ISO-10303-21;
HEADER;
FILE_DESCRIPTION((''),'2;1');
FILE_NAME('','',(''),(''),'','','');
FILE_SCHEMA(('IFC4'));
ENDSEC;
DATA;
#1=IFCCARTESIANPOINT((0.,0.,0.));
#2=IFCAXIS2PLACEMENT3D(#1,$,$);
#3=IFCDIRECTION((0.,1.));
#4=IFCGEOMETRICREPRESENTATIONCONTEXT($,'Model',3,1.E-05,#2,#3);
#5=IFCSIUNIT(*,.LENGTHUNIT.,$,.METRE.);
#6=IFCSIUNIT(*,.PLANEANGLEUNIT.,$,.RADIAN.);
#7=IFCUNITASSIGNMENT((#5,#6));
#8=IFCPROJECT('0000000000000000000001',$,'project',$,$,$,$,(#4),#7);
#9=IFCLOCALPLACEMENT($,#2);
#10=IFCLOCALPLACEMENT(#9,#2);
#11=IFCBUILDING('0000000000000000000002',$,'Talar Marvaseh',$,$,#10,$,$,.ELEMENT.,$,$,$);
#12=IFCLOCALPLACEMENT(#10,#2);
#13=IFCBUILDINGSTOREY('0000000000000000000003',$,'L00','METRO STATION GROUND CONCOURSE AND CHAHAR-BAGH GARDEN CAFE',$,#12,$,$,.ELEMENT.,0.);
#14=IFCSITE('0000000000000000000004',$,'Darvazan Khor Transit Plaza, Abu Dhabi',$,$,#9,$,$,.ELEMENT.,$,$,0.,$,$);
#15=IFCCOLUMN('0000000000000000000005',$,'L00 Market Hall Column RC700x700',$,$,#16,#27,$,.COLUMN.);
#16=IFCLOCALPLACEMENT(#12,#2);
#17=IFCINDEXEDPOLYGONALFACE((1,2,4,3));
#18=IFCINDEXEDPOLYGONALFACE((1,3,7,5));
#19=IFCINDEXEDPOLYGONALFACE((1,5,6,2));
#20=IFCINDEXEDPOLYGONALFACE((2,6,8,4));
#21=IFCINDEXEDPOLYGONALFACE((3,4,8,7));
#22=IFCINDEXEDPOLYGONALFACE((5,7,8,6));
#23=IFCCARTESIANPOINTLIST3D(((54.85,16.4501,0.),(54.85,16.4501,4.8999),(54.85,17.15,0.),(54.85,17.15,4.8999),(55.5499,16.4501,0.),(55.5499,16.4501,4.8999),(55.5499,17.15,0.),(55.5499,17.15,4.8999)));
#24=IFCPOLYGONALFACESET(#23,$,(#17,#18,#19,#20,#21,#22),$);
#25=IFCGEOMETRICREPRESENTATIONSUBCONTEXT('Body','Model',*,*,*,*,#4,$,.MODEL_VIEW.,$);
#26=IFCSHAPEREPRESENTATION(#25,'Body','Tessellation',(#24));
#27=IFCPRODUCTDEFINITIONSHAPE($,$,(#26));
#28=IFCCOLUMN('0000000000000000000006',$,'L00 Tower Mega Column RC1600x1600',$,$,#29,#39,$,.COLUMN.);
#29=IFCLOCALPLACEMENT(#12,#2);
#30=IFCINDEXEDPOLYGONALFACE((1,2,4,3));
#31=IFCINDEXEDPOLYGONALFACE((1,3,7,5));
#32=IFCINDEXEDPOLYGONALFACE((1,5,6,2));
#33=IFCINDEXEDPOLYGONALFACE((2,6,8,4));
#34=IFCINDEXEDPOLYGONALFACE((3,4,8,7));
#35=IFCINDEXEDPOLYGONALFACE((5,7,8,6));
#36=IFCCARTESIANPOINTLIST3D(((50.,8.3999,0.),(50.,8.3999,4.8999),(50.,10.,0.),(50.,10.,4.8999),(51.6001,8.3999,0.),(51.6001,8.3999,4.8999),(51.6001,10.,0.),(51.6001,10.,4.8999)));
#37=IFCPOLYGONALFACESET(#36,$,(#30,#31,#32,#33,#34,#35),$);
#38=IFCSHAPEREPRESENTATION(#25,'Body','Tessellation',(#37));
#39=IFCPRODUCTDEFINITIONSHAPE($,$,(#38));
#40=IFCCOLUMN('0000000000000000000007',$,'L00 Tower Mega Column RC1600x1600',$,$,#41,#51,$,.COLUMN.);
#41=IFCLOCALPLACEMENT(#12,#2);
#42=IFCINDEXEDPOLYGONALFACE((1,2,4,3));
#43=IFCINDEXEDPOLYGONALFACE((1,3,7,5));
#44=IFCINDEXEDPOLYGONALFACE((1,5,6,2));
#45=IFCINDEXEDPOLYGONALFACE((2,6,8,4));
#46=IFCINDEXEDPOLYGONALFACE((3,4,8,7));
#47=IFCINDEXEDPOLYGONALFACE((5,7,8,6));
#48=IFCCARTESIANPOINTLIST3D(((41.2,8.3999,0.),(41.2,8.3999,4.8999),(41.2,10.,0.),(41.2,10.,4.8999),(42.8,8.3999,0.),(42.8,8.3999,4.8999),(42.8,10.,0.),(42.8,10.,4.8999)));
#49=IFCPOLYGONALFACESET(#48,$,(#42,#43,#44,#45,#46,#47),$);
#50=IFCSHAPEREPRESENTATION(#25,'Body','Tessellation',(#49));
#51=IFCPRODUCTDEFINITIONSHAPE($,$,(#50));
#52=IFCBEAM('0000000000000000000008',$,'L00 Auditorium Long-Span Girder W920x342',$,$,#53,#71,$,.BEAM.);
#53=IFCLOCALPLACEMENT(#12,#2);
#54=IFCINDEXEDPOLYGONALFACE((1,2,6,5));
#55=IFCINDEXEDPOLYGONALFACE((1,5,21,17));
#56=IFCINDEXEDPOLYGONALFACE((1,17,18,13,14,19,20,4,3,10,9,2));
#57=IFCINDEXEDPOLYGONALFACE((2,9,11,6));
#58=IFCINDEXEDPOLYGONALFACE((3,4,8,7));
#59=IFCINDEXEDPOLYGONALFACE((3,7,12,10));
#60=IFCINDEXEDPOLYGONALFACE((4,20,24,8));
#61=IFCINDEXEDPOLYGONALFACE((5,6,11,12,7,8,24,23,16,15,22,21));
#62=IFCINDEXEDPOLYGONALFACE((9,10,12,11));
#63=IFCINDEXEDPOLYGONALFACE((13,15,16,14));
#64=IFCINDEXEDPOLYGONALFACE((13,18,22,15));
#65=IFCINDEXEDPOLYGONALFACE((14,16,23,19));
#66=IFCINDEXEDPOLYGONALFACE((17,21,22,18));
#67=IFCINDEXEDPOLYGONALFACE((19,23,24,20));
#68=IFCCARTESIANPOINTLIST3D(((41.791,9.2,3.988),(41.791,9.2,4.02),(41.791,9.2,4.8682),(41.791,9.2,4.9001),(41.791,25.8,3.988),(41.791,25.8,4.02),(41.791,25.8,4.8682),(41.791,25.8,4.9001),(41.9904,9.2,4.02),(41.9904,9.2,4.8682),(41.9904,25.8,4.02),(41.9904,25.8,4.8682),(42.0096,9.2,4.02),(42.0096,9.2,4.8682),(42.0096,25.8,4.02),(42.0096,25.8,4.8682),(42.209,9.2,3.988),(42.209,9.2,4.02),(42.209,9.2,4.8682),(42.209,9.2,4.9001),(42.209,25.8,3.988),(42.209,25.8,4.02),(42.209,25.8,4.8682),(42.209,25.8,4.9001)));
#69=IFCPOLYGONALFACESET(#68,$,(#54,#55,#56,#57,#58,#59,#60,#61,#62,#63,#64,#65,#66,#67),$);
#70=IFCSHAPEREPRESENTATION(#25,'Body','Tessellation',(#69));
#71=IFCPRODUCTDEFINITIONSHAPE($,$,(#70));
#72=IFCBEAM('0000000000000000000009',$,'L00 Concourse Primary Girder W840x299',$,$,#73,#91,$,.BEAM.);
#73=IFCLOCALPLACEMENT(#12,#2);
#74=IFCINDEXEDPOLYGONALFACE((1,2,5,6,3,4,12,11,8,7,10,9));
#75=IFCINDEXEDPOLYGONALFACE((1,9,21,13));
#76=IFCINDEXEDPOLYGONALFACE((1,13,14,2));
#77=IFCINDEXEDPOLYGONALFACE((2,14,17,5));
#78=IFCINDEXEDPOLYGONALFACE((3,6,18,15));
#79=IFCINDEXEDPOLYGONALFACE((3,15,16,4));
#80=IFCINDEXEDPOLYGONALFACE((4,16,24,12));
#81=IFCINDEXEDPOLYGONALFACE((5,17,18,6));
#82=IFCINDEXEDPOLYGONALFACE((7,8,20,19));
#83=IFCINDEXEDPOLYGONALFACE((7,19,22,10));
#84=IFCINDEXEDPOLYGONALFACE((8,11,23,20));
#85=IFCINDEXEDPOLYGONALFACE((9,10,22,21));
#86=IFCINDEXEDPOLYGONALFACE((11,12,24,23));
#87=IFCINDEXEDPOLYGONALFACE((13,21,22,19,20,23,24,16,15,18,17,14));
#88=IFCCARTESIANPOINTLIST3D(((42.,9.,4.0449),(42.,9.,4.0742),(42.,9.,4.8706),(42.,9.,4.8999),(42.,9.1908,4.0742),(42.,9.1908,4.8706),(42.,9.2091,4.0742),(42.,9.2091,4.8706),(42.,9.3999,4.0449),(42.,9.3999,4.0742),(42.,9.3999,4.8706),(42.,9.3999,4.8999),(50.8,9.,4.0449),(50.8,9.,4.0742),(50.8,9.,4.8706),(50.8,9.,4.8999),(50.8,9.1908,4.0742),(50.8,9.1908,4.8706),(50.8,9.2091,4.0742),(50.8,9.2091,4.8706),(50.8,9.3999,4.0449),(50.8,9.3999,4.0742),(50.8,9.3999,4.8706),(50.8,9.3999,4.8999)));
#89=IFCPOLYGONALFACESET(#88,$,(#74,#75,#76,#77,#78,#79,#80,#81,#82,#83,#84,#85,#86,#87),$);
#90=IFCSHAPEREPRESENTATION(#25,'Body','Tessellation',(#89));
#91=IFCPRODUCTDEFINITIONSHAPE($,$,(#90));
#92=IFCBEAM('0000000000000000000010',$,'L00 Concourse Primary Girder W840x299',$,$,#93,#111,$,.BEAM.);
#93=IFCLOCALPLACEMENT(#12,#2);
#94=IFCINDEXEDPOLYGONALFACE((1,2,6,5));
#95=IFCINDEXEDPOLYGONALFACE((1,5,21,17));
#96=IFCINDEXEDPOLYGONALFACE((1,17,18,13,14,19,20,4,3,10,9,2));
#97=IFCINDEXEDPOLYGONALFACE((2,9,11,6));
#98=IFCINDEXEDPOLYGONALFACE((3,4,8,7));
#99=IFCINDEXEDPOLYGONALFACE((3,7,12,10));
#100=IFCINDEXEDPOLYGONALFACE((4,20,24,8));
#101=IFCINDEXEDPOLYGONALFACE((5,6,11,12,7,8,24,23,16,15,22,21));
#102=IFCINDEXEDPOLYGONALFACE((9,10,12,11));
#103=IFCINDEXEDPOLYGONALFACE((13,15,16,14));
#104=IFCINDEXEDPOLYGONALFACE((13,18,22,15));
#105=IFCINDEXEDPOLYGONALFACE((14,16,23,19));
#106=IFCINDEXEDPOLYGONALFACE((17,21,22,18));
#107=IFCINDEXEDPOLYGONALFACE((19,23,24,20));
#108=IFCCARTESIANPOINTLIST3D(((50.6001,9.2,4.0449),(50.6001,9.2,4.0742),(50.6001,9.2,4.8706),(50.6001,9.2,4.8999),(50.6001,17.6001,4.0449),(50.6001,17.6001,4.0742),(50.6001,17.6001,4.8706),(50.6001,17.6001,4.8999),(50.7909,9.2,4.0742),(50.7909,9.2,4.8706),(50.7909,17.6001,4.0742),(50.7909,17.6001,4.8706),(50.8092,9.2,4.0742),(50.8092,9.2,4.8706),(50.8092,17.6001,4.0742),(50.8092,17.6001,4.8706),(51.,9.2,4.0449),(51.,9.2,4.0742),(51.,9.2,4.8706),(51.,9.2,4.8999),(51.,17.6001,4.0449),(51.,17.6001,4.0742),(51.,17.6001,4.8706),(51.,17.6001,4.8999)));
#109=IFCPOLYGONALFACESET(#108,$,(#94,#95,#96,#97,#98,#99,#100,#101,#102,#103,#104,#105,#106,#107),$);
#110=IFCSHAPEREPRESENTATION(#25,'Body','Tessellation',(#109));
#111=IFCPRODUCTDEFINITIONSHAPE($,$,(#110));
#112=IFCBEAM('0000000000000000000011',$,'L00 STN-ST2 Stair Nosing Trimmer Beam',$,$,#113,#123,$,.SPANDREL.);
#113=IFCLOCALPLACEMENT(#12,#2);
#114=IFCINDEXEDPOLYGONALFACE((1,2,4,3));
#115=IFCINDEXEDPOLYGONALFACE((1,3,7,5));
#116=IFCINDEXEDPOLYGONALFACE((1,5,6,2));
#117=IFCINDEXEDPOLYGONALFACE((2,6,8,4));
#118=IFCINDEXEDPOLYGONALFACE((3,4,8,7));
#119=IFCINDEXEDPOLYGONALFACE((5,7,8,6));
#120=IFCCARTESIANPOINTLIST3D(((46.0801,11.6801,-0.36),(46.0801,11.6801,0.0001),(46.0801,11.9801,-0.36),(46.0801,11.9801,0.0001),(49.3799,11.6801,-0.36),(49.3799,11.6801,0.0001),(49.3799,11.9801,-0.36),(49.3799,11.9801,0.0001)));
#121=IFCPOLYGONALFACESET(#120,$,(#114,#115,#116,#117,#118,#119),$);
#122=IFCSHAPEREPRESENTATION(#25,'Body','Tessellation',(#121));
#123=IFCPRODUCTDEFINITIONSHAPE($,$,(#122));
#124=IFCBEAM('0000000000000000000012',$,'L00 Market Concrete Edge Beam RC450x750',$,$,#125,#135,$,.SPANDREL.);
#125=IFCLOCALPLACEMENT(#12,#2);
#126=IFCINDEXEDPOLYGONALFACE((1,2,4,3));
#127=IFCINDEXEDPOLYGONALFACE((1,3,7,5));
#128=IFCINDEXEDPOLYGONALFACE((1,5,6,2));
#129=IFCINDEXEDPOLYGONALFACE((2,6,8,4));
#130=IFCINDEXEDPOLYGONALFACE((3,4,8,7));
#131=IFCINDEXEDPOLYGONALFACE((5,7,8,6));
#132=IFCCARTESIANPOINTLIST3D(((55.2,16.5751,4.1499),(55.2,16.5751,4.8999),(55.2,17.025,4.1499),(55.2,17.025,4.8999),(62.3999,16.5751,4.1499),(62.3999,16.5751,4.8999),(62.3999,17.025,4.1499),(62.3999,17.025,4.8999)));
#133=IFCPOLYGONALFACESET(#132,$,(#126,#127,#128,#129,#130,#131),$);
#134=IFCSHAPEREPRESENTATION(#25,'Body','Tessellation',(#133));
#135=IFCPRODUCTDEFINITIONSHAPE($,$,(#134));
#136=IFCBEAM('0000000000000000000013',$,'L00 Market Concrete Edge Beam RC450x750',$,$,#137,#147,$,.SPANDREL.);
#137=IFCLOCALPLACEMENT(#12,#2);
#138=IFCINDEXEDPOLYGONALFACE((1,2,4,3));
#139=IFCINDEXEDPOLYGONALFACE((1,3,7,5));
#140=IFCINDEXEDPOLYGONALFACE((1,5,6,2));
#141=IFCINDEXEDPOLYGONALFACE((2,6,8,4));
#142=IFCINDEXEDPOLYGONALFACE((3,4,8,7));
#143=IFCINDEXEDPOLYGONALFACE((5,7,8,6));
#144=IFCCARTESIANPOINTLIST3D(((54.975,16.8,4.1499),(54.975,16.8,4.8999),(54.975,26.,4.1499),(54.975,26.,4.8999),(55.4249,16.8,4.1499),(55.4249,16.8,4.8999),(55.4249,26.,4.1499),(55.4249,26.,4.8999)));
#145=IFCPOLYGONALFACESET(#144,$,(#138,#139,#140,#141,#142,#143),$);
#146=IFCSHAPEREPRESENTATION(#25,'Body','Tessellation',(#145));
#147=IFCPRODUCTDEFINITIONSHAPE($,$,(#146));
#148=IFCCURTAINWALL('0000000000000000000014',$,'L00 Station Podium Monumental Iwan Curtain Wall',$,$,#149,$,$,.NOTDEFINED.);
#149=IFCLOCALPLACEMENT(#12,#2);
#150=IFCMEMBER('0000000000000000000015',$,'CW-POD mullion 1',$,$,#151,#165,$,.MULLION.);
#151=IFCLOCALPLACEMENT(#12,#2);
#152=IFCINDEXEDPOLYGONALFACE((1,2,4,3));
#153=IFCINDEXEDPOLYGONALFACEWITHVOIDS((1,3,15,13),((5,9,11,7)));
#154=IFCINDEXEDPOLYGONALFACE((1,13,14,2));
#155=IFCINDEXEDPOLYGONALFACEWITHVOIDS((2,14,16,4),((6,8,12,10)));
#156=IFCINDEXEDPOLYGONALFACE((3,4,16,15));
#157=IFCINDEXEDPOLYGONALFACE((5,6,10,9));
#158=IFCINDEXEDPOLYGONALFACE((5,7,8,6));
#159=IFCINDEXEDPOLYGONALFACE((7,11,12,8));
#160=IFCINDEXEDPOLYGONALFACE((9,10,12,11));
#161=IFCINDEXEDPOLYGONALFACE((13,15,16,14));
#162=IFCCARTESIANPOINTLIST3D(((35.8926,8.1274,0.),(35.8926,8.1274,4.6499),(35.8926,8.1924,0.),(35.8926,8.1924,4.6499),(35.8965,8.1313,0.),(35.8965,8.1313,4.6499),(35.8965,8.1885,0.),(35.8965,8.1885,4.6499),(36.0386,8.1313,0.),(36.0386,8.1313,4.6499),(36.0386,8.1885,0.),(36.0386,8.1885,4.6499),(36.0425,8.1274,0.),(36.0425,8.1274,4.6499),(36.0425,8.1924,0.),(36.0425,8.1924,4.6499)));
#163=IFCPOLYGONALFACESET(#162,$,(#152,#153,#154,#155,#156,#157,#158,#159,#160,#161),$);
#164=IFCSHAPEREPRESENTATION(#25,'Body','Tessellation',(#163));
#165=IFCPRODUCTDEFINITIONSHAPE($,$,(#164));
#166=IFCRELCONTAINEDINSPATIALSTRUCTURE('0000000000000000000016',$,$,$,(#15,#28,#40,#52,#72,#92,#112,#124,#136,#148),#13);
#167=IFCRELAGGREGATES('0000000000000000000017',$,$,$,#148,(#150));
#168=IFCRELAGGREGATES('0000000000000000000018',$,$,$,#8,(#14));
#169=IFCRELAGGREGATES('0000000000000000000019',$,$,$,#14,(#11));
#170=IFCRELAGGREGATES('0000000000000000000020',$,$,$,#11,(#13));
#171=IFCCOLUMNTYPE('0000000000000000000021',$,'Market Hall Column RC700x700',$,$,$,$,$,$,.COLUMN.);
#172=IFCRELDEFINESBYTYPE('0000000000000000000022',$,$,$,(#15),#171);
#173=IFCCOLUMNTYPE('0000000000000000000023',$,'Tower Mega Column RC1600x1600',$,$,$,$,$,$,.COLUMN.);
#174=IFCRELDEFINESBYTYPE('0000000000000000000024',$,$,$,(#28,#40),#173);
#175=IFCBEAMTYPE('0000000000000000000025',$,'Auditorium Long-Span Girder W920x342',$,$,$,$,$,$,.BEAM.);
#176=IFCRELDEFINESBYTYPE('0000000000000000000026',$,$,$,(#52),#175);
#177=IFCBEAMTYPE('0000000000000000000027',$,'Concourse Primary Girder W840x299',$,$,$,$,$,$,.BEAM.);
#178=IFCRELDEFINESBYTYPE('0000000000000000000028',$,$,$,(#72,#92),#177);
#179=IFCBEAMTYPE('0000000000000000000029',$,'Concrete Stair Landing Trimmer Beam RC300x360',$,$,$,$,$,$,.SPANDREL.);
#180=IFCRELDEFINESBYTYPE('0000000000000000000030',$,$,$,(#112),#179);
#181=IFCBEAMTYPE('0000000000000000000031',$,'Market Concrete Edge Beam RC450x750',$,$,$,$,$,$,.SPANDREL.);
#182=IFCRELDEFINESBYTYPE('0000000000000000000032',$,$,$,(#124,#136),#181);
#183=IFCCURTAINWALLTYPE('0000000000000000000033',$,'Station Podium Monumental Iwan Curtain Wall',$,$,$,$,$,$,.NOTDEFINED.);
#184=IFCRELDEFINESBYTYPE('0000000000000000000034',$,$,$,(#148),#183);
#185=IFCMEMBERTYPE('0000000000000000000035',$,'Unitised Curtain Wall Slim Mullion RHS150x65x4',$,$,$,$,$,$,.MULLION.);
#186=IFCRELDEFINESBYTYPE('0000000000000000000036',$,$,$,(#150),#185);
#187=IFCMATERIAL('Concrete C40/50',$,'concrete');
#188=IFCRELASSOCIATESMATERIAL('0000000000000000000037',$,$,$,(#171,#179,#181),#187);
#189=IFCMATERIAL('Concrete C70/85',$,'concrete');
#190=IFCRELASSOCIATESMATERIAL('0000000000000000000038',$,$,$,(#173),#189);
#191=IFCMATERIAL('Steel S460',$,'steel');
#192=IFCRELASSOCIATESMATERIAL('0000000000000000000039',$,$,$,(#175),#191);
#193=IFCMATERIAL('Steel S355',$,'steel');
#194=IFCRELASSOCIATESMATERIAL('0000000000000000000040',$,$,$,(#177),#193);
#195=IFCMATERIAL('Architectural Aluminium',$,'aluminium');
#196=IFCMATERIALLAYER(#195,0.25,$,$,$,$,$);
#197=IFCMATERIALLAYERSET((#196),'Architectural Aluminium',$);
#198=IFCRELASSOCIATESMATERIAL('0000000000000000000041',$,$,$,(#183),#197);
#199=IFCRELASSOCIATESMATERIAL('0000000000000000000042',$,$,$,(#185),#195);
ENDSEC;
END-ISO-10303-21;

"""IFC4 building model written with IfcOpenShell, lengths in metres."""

from ifc_helpers import new_model, si_unit, direction, frame, origin, origin_2d, place, context, subcontext, project, spatial, rectangle, hollow_rectangle, i_section, extrude, source, transform, mapped, material, layer, layer_set, material_profile, profile_set, type_object, type_shapes, element, aggregate, save


model = new_model("IFC4")

# Units and contexts
model_context = context("Model", 3, precision=1e-05, world=origin(), true_north=direction((0.0, 1.0)))
body_context = subcontext(model_context, "Body", "Model", "MODEL_VIEW")
ifc_project = project(units=[si_unit("LENGTHUNIT", "METRE"), si_unit("PLANEANGLEUNIT", "RADIAN")], contexts=[model_context])

# Site, building, storey
site_placement = place(None, origin())
site = spatial("IfcSite", under=ifc_project, at=site_placement, Name="Darvazan Khor Transit Plaza, Abu Dhabi", CompositionType="ELEMENT", RefElevation=0.0)
building_placement = place(site_placement, origin())
building = spatial("IfcBuilding", under=site, at=building_placement, Name="Talar Marvaseh", CompositionType="ELEMENT")
storey_placement = place(building_placement, origin())
storey = spatial("IfcBuildingStorey", under=building, at=storey_placement, Name="L00", Description="METRO STATION GROUND CONCOURSE AND CHAHAR-BAGH GARDEN CAFE", CompositionType="ELEMENT", Elevation=0.0)

# Columns
ifc_material_1 = material(Name="Concrete C40/50", Category="concrete")
ifc_material_profile_1 = material_profile(ifc_material_1, rectangle(XDim=0.7, YDim=0.7, at=origin_2d()), Name="RC700x700")
ifc_profile_set_1 = profile_set([ifc_material_profile_1], Name="Concrete C40/50")
column_type_1 = type_object("IfcColumnType", Name="Market Hall Column RC700x700", PredefinedType="COLUMN", material=ifc_profile_set_1)
column_placement = place(storey_placement, frame((55.2, 16.8, 0.0), z_axis=(0.0, 0.0, 1.0), x_axis=(1.0, 0.0, 0.0)))
element("IfcColumn", 1, at=column_placement, inside=storey, type_object=column_type_1, Name="L00 Market Hall Column RC700x700", PredefinedType="COLUMN", context=body_context, shape_type="SweptSolid", body=[
    extrude(rectangle(XDim=0.7, YDim=0.7, at=origin_2d()), origin(), (0.0, 0.0, 1.0), 4.8999),
])
ifc_material_2 = material(Name="Concrete C70/85", Category="concrete")
ifc_material_profile_2 = material_profile(ifc_material_2, rectangle(XDim=1.6001, YDim=1.6001, at=origin_2d()), Name="RC1600x1600")
ifc_profile_set_2 = profile_set([ifc_material_profile_2], Name="Concrete C70/85")
column_type_2 = type_object("IfcColumnType", Name="Tower Mega Column RC1600x1600", PredefinedType="COLUMN", material=ifc_profile_set_2)
for number, where, z_axis, x_axis, name in (
    (2, (50.8, 9.2, 0.0), (0.0, 0.0, 1.0), (1.0, 0.0, 0.0), "L00 Tower Mega Column RC1600x1600"),
    (3, (42.0, 9.2, 0.0), (0.0, 0.0, 1.0), (1.0, 0.0, 0.0), "L00 Tower Mega Column RC1600x1600"),
):
    element("IfcColumn", number, at=place(storey_placement, frame(where, z_axis=z_axis, x_axis=x_axis)), inside=storey, type_object=column_type_2, Name=name, PredefinedType="COLUMN", context=body_context, shape_type="SweptSolid", body=[
        extrude(rectangle(XDim=1.6001, YDim=1.6001, at=origin_2d()), origin(), (0.0, 0.0, 1.0), 4.8999),
    ])

# Beams
ifc_material_3 = material(Name="Steel S460", Category="steel")
ifc_material_profile_3 = material_profile(ifc_material_3, i_section(OverallWidth=0.418, OverallDepth=0.9121, WebThickness=0.0193, FlangeThickness=0.032, at=origin_2d()), Name="W920x342")
ifc_profile_set_3 = profile_set([ifc_material_profile_3], Name="Steel S460")
beam_type_1 = type_object("IfcBeamType", Name="Auditorium Long-Span Girder W920x342", PredefinedType="BEAM", material=ifc_profile_set_3)
beam_1_placement = place(storey_placement, frame((42.0, 9.2, 4.4441), z_axis=(0.0, 1.0, 0.0), x_axis=(-1.0, 0.0, 0.0)))
element("IfcBeam", 4, at=beam_1_placement, inside=storey, type_object=beam_type_1, Name="L00 Auditorium Long-Span Girder W920x342", PredefinedType="BEAM", context=body_context, shape_type="SweptSolid", body=[
    extrude(i_section(OverallWidth=0.418, OverallDepth=0.9121, WebThickness=0.0193, FlangeThickness=0.032, at=origin_2d()), origin(), (0.0, 0.0, 1.0), 16.6001),
])
ifc_material_4 = material(Name="Steel S355", Category="steel")
ifc_material_profile_4 = material_profile(ifc_material_4, i_section(OverallWidth=0.3999, OverallDepth=0.855, WebThickness=0.0183, FlangeThickness=0.0293, at=origin_2d()), Name="W840x299")
ifc_profile_set_4 = profile_set([ifc_material_profile_4], Name="Steel S355")
beam_type_2 = type_object("IfcBeamType", Name="Concourse Primary Girder W840x299", PredefinedType="BEAM", material=ifc_profile_set_4)
beam_2_placement = place(storey_placement, frame((42.0, 9.2, 4.4724), z_axis=(1.0, 0.0, 0.0), x_axis=(0.0, 1.0, 0.0)))
element("IfcBeam", 5, at=beam_2_placement, inside=storey, type_object=beam_type_2, Name="L00 Concourse Primary Girder W840x299", PredefinedType="BEAM", context=body_context, shape_type="SweptSolid", body=[
    extrude(i_section(OverallWidth=0.3999, OverallDepth=0.855, WebThickness=0.0183, FlangeThickness=0.0293, at=origin_2d()), origin(), (0.0, 0.0, 1.0), 8.8),
])
beam_3_placement = place(storey_placement, frame((50.8, 9.2, 4.4724), z_axis=(0.0, 1.0, 0.0), x_axis=(-1.0, 0.0, 0.0)))
element("IfcBeam", 6, at=beam_3_placement, inside=storey, type_object=beam_type_2, Name="L00 Concourse Primary Girder W840x299", PredefinedType="BEAM", context=body_context, shape_type="SweptSolid", body=[
    extrude(i_section(OverallWidth=0.3999, OverallDepth=0.855, WebThickness=0.0183, FlangeThickness=0.0293, at=origin_2d()), origin(), (0.0, 0.0, 1.0), 8.4001),
])
ifc_material_profile_5 = material_profile(ifc_material_1, rectangle(XDim=0.3, YDim=0.3601, at=origin_2d()), Name="RC300x360")
ifc_profile_set_5 = profile_set([ifc_material_profile_5], Name="Concrete C40/50")
beam_type_3 = type_object("IfcBeamType", Name="Concrete Stair Landing Trimmer Beam RC300x360", PredefinedType="SPANDREL", material=ifc_profile_set_5)
beam_4_placement = place(storey_placement, frame((49.3799, 11.8301, -0.1799), z_axis=(-1.0, 0.0, 0.0), x_axis=(0.0, -1.0, 0.0)))
element("IfcBeam", 7, at=beam_4_placement, inside=storey, type_object=beam_type_3, Name="L00 STN-ST2 Stair Nosing Trimmer Beam", PredefinedType="SPANDREL", context=body_context, shape_type="SweptSolid", body=[
    extrude(rectangle(XDim=0.3, YDim=0.3601, at=origin_2d()), origin(), (0.0, 0.0, 1.0), 3.2998),
])
ifc_material_profile_6 = material_profile(ifc_material_1, rectangle(XDim=0.45, YDim=0.75, at=origin_2d()), Name="RC450x750")
ifc_profile_set_6 = profile_set([ifc_material_profile_6], Name="Concrete C40/50")
beam_type_4 = type_object("IfcBeamType", Name="Market Concrete Edge Beam RC450x750", PredefinedType="SPANDREL", material=ifc_profile_set_6)
beam_5_placement = place(storey_placement, frame((55.2, 16.8, 4.5249), z_axis=(1.0, 0.0, 0.0), x_axis=(0.0, 1.0, 0.0)))
element("IfcBeam", 8, at=beam_5_placement, inside=storey, type_object=beam_type_4, Name="L00 Market Concrete Edge Beam RC450x750", PredefinedType="SPANDREL", context=body_context, shape_type="SweptSolid", body=[
    extrude(rectangle(XDim=0.45, YDim=0.75, at=origin_2d()), origin(), (0.0, 0.0, 1.0), 7.2),
])
beam_6_placement = place(storey_placement, frame((55.2, 16.8, 4.5249), z_axis=(0.0, 1.0, 0.0), x_axis=(-1.0, 0.0, 0.0)))
element("IfcBeam", 9, at=beam_6_placement, inside=storey, type_object=beam_type_4, Name="L00 Market Concrete Edge Beam RC450x750", PredefinedType="SPANDREL", context=body_context, shape_type="SweptSolid", body=[
    extrude(rectangle(XDim=0.45, YDim=0.75, at=origin_2d()), origin(), (0.0, 0.0, 1.0), 9.2),
])

# Curtain wall, member
ifc_material_5 = material(Name="Architectural Aluminium", Category="aluminium")
ifc_layer_1 = layer(ifc_material_5, 0.25)
ifc_layer_set_1 = layer_set([ifc_layer_1], Name="Architectural Aluminium")
curtain_wall_type = type_object("IfcCurtainWallType", Name="Station Podium Monumental Iwan Curtain Wall", PredefinedType="NOTDEFINED", material=ifc_layer_set_1)
curtain_wall_placement = place(storey_placement, origin())
curtain_wall = element("IfcCurtainWall", 10, at=curtain_wall_placement, inside=storey, type_object=curtain_wall_type, Name="L00 Station Podium Monumental Iwan Curtain Wall", PredefinedType="NOTDEFINED")
ifc_material_profile_7 = material_profile(ifc_material_5, hollow_rectangle(XDim=0.0649, YDim=0.1499, WallThickness=0.0039, at=origin_2d()), Name="RHS150x65x4")
ifc_profile_set_7 = profile_set([ifc_material_profile_7], Name="Architectural Aluminium")
member_type_1 = type_object("IfcMemberType", Name="Unitised Curtain Wall Slim Mullion RHS150x65x4", PredefinedType="MULLION", material=ifc_profile_set_7)
shared_shape_1 = source(origin(), body_context, "Body", "SweptSolid", [
    extrude(hollow_rectangle(XDim=0.0649, YDim=0.1499, WallThickness=0.0039, at=origin_2d()), origin(), (0.0, 0.0, 1.0), 4.6499),
])
type_shapes(member_type_1, [shared_shape_1])
member_1_placement = place(storey_placement, frame((35.9675, 8.1599, 0.0), z_axis=(0.0, 0.0, 1.0), x_axis=(0.0, -1.0, 0.0)))
member_1 = element("IfcMember", 11, at=member_1_placement, type_object=member_type_1, Name="CW-POD mullion 1", PredefinedType="MULLION", context=body_context, shape_type="MappedRepresentation", body=[
    mapped(shared_shape_1, transform((0.0, 0.0, 0.0), x_axis=(1.0, 0.0, 0.0), y_axis=(0.0, 1.0, 0.0), z_axis=(0.0, 0.0, 1.0), scale=1.0)),
])
aggregate(curtain_wall, [member_1])

save(model, "model.ifc")
